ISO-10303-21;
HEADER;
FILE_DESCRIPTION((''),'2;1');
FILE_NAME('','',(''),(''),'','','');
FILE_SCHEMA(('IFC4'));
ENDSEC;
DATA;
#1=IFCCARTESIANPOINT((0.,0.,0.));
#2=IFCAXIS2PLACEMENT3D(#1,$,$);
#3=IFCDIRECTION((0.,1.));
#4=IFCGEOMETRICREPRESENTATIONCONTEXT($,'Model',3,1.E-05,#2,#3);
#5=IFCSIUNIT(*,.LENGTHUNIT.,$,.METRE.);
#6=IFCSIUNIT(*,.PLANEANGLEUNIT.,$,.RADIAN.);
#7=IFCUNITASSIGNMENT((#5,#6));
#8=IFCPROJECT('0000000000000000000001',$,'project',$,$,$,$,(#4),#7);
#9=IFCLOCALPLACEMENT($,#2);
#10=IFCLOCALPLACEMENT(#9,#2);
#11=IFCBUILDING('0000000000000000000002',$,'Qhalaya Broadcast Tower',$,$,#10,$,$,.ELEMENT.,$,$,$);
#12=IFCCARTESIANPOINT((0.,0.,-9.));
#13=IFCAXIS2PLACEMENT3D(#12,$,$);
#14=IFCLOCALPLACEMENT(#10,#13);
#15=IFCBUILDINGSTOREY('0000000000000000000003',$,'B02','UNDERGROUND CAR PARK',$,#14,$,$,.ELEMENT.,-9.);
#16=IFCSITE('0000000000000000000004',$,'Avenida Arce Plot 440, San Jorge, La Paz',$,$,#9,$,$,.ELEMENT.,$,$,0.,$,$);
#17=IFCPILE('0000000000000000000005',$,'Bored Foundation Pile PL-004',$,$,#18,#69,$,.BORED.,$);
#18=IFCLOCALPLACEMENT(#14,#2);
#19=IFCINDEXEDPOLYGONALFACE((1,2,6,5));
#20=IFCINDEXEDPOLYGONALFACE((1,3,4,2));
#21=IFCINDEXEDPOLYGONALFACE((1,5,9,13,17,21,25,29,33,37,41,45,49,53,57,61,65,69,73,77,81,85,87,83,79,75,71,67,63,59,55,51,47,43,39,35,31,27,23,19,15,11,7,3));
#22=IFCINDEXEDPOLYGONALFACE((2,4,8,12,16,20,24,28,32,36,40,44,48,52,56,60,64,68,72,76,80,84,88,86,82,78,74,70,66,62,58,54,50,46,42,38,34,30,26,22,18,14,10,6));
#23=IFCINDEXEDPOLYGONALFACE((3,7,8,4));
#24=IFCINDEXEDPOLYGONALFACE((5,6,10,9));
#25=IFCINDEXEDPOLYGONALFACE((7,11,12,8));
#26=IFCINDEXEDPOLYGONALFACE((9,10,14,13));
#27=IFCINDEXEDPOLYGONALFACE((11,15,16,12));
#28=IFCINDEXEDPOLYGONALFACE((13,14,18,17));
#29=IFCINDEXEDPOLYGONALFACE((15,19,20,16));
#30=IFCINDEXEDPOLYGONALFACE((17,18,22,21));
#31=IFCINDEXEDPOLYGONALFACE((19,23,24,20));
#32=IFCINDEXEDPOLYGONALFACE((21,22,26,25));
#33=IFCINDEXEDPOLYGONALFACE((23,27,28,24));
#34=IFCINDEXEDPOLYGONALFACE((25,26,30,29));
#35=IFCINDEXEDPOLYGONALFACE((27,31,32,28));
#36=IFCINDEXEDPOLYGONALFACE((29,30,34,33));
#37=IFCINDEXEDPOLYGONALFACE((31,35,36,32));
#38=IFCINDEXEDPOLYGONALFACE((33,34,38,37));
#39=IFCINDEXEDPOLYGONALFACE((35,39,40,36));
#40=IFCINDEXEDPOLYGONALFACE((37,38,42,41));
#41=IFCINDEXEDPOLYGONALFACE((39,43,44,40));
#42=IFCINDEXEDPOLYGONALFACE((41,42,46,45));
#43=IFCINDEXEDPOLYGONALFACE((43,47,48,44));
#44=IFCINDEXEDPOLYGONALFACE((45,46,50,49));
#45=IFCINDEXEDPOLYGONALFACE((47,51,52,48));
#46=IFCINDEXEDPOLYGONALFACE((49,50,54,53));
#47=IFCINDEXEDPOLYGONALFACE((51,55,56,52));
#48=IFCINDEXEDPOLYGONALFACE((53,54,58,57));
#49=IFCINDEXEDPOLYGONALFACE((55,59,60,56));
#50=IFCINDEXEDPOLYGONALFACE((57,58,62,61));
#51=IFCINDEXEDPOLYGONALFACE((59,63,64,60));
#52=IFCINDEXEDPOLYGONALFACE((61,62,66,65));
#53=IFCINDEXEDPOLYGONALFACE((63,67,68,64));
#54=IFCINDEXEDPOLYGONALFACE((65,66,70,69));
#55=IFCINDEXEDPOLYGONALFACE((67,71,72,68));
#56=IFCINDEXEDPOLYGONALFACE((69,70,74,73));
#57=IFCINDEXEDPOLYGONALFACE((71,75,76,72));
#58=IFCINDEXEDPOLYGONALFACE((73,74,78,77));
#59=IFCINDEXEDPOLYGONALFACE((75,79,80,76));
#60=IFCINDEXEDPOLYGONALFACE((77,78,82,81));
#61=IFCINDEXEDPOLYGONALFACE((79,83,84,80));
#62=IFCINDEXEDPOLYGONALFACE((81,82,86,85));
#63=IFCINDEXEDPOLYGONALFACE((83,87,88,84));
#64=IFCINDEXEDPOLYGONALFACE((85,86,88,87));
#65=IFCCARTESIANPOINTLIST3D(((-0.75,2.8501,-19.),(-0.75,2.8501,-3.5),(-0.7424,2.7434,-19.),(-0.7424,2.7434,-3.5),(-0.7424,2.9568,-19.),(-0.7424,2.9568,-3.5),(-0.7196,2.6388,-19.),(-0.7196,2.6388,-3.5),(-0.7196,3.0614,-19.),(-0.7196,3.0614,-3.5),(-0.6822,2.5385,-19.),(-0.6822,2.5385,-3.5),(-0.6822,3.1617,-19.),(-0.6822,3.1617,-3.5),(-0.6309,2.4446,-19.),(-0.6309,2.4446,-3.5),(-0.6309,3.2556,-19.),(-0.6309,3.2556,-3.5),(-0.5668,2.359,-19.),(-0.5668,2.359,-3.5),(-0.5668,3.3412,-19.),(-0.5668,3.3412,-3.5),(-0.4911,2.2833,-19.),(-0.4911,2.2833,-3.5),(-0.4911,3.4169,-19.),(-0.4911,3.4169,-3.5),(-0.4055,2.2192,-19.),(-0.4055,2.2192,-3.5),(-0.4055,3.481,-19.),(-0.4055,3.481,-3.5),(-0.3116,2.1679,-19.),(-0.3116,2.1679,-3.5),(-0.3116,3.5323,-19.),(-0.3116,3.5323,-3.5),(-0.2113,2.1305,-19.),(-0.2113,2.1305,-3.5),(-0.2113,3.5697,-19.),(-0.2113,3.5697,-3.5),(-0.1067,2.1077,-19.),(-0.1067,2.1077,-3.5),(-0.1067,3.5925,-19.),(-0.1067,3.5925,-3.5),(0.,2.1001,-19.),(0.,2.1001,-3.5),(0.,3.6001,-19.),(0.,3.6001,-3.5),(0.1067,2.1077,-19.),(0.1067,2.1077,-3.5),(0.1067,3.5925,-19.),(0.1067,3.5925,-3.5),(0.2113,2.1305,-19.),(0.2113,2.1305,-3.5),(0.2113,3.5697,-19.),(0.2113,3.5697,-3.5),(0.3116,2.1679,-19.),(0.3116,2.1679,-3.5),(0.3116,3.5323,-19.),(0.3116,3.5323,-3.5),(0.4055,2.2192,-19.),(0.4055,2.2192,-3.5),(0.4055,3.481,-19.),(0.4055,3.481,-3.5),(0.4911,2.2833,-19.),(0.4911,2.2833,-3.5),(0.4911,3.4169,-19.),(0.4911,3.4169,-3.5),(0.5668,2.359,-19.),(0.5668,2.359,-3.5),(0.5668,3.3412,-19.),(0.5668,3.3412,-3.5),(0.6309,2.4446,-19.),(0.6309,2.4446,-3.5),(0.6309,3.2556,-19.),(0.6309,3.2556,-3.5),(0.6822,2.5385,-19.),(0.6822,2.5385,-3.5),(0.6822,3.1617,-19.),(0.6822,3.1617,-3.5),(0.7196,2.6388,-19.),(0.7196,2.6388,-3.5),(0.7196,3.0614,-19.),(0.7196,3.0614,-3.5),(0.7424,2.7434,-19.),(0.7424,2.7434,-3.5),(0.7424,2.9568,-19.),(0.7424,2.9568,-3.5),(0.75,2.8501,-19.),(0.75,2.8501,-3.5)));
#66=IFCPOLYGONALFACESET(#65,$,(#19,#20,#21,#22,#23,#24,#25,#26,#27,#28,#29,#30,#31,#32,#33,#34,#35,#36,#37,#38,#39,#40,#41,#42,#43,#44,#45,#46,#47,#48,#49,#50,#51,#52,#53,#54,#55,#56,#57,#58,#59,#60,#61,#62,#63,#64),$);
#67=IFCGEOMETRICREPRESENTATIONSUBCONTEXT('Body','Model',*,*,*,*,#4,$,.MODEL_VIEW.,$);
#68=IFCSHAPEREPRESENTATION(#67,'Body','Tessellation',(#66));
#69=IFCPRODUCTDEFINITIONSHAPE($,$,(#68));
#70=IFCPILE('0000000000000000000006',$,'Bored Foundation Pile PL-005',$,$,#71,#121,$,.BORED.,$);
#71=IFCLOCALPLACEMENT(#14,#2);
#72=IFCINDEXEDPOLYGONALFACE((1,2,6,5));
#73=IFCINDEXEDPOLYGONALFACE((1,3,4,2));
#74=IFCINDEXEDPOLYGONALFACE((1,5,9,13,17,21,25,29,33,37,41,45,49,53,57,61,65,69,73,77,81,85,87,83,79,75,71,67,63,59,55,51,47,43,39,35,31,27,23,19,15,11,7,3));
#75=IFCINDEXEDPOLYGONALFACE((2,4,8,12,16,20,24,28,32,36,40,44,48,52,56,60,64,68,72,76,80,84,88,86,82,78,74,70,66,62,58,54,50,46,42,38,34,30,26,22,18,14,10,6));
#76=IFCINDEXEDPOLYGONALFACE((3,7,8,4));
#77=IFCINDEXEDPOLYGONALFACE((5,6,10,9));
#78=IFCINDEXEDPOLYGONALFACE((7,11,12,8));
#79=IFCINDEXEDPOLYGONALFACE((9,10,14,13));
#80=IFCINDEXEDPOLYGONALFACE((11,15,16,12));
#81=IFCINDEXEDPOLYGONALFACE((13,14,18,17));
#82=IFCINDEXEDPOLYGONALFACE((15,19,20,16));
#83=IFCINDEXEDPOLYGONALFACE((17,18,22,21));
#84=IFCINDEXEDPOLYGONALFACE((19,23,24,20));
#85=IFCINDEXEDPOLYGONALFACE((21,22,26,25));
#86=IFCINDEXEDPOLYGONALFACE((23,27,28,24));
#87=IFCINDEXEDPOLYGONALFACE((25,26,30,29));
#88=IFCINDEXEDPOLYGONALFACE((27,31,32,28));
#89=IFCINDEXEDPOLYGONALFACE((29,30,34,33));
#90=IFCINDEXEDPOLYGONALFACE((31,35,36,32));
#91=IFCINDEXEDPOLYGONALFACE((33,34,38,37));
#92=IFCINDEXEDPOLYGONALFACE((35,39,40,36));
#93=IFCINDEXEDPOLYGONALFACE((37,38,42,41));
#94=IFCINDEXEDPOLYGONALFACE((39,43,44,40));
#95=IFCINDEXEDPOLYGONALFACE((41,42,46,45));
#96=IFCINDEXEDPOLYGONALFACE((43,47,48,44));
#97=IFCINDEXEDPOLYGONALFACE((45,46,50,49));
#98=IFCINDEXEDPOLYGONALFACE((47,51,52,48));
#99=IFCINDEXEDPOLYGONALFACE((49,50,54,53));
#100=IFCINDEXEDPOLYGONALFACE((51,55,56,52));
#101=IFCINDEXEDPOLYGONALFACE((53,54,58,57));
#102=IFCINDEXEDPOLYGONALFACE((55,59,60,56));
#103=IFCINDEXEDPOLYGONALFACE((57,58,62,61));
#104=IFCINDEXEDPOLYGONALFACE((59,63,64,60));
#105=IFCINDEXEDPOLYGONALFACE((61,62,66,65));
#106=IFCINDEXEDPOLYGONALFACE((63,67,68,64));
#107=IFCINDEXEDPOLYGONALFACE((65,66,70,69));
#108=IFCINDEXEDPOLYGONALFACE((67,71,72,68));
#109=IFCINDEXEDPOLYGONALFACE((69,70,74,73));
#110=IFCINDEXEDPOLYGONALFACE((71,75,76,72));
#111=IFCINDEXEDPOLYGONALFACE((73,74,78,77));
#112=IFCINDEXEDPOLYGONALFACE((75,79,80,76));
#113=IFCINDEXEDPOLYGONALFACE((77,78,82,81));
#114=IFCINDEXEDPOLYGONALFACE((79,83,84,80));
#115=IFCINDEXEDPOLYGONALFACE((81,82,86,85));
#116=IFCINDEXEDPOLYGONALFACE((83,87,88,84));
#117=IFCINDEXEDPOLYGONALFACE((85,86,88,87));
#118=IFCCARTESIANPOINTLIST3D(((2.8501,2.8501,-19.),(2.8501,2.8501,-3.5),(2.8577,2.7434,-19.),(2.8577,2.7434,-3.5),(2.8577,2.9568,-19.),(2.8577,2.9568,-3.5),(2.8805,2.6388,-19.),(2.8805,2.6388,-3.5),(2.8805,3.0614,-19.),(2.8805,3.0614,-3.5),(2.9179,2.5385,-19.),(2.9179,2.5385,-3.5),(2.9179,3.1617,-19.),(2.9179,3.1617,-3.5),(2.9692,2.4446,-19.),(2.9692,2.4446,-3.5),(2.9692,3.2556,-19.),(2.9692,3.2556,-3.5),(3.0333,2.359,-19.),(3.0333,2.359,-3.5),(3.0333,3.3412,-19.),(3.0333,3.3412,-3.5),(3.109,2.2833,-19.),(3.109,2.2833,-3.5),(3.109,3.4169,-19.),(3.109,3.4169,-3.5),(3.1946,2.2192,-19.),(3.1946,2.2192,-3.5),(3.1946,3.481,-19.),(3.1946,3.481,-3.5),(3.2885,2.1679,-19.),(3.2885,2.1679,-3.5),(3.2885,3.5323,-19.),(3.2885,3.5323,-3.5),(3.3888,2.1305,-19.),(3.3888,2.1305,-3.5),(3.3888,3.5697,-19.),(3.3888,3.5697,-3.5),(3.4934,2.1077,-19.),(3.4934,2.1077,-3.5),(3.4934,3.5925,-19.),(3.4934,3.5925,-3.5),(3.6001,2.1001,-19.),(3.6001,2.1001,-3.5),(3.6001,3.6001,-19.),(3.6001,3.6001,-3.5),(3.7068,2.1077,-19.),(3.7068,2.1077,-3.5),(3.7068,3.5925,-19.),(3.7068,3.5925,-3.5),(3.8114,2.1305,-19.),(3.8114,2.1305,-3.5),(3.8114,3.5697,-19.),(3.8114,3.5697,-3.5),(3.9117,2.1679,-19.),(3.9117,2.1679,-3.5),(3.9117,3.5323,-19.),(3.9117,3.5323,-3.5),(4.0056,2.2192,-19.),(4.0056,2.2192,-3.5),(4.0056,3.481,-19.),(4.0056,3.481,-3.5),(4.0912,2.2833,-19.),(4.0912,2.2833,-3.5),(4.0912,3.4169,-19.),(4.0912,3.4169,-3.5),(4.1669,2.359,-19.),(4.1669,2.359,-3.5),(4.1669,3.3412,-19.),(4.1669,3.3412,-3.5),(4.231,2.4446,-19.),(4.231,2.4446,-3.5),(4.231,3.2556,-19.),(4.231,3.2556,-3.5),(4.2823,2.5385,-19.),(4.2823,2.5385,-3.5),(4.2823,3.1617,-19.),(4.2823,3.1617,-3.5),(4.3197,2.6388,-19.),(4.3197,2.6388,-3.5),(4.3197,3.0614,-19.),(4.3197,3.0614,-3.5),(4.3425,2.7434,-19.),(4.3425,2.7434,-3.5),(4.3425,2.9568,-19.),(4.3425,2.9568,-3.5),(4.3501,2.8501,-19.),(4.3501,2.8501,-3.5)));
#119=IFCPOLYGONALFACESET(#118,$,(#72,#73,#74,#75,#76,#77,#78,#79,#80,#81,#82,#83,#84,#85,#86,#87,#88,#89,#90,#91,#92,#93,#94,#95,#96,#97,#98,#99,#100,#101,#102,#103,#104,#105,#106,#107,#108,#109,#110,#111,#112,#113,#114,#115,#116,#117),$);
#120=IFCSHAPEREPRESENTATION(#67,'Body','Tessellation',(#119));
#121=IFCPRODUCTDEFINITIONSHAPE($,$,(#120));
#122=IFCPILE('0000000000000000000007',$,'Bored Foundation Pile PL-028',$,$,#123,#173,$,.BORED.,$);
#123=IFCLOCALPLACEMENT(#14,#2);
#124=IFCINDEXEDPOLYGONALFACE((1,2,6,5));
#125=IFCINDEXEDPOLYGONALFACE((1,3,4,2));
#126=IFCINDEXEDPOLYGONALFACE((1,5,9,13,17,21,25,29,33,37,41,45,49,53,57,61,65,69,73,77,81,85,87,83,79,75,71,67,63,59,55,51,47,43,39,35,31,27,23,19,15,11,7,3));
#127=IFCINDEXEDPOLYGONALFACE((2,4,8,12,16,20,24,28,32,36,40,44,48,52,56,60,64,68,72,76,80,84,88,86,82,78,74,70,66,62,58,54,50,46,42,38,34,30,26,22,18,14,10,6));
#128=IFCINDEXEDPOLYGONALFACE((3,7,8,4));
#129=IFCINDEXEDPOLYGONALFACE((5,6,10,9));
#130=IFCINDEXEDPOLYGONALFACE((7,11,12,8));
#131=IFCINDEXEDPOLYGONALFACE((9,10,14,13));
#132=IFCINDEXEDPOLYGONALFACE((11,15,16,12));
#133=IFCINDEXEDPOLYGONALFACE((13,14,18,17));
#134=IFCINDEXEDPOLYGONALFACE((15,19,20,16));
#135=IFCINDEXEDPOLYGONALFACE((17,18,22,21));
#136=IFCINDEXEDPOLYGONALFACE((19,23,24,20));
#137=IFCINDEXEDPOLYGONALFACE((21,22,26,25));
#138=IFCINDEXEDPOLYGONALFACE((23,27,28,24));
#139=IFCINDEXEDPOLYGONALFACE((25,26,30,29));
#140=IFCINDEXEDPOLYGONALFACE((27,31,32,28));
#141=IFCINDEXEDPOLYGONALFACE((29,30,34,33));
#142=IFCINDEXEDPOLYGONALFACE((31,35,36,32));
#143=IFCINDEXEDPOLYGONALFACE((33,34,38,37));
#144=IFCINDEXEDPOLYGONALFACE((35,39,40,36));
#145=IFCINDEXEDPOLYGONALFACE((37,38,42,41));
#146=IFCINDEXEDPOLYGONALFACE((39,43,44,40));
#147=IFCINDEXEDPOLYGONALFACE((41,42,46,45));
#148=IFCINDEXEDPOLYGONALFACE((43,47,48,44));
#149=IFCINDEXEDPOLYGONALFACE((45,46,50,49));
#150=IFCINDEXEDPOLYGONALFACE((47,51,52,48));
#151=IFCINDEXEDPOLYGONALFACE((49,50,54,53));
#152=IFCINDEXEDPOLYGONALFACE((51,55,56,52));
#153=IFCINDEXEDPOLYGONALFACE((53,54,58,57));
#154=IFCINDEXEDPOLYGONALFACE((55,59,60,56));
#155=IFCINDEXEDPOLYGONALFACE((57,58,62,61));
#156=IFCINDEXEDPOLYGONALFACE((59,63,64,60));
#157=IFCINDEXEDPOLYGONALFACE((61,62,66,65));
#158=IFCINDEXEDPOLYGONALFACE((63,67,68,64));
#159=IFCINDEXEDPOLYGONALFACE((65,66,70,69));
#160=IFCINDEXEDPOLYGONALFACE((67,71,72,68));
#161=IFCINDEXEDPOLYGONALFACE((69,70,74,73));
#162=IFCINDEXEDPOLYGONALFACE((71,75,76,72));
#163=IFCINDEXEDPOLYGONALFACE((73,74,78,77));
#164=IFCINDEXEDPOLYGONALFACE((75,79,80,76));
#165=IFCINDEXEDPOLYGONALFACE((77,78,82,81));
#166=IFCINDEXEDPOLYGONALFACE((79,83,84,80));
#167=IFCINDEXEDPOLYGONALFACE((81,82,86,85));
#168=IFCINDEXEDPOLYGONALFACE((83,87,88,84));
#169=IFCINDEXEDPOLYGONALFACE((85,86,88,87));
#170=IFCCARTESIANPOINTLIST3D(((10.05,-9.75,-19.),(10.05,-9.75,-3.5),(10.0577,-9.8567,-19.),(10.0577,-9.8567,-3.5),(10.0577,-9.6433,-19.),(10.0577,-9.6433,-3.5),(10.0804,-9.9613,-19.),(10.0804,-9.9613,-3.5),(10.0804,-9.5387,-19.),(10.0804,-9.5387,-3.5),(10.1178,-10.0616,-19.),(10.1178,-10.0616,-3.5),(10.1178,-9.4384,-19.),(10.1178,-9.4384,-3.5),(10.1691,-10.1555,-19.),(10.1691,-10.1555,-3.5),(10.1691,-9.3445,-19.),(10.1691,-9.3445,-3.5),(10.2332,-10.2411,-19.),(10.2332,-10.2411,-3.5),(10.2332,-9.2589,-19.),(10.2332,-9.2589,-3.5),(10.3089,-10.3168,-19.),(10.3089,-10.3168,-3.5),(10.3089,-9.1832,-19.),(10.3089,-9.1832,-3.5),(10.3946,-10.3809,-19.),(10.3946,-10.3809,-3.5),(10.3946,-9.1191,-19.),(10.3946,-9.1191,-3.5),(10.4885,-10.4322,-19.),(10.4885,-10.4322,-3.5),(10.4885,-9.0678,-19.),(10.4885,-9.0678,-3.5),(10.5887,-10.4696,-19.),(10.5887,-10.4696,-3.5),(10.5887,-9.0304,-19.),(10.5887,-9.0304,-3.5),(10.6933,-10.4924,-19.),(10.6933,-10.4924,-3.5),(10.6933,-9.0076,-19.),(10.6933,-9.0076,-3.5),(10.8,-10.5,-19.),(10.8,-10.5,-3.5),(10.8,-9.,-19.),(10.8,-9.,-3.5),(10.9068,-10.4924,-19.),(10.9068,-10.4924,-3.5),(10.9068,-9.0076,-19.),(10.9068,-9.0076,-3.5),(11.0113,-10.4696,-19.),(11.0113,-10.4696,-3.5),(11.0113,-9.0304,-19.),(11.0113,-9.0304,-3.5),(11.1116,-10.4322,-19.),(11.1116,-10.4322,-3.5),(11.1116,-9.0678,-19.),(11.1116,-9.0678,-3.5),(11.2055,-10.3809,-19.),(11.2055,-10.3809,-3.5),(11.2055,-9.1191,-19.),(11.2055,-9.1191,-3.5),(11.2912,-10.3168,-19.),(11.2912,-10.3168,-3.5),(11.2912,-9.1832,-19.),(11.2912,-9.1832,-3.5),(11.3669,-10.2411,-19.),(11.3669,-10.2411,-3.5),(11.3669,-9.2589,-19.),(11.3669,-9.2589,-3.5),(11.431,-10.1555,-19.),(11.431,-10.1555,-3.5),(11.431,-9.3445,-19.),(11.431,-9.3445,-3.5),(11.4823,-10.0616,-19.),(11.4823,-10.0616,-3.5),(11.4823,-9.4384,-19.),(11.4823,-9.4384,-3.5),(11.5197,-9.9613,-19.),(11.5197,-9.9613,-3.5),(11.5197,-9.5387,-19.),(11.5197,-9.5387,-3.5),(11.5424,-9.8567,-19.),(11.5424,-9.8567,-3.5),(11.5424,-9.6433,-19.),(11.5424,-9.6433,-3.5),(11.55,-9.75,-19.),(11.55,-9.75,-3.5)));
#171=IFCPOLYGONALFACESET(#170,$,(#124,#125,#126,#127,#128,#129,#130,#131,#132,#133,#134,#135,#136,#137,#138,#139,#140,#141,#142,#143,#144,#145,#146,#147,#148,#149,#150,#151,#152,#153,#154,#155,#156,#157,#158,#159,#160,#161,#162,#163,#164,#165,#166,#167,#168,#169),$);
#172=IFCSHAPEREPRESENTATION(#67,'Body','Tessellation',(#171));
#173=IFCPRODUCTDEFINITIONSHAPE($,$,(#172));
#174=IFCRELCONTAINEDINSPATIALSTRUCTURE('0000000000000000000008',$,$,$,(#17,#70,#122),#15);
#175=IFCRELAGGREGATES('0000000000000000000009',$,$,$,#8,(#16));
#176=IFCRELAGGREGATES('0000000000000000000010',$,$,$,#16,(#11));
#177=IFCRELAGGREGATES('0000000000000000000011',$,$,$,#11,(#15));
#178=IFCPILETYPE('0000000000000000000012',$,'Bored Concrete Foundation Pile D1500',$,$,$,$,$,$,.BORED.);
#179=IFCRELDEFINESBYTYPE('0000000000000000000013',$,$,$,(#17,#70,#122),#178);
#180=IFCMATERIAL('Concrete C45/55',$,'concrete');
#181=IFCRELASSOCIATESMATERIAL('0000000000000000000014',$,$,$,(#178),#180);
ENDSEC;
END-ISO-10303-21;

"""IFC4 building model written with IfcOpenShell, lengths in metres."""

from ifc_helpers import new_model, si_unit, direction, frame, origin, origin_2d, place, context, subcontext, project, spatial, circle, extrude, material, material_profile, profile_set, type_object, element, save


model = new_model("IFC4")

# Units and contexts
model_context = context("Model", 3, precision=1e-05, world=origin(), true_north=direction((0.0, 1.0)))
body_context = subcontext(model_context, "Body", "Model", "MODEL_VIEW")
ifc_project = project(units=[si_unit("LENGTHUNIT", "METRE"), si_unit("PLANEANGLEUNIT", "RADIAN")], contexts=[model_context])

# Site, building, storey
site_placement = place(None, origin())
site = spatial("IfcSite", under=ifc_project, at=site_placement, Name="Avenida Arce Plot 440, San Jorge, La Paz", CompositionType="ELEMENT", RefElevation=0.0)
building_placement = place(site_placement, origin())
building = spatial("IfcBuilding", under=site, at=building_placement, Name="Qhalaya Broadcast Tower", CompositionType="ELEMENT")
storey_placement = place(building_placement, frame((0.0, 0.0, -9.0)))
storey = spatial("IfcBuildingStorey", under=building, at=storey_placement, Name="B02", Description="UNDERGROUND CAR PARK", CompositionType="ELEMENT", Elevation=-9.0)

# Piles
ifc_material_1 = material(Name="Concrete C45/55", Category="concrete")
ifc_material_profile_1 = material_profile(ifc_material_1, circle(Radius=0.75, at=origin_2d()), Name="PILE D1500")
ifc_profile_set_1 = profile_set([ifc_material_profile_1], Name="Concrete C45/55")
pile_type = type_object("IfcPileType", Name="Bored Concrete Foundation Pile D1500", PredefinedType="BORED", material=ifc_profile_set_1)
for number, where, z_axis, x_axis, name in (
    (1, (0.0, 2.8501, -3.5), (0.0, 0.0, -1.0), (1.0, 0.0, 0.0), "Bored Foundation Pile PL-004"),
    (2, (3.6001, 2.8501, -3.5), (0.0, 0.0, -1.0), (1.0, 0.0, 0.0), "Bored Foundation Pile PL-005"),
    (3, (10.8, -9.75, -3.5), (0.0, 0.0, -1.0), (1.0, 0.0, 0.0), "Bored Foundation Pile PL-028"),
):
    element("IfcPile", number, at=place(storey_placement, frame(where, z_axis=z_axis, x_axis=x_axis)), inside=storey, type_object=pile_type, Name=name, PredefinedType="BORED", context=body_context, shape_type="SweptSolid", body=[
        extrude(circle(Radius=0.75, at=origin_2d()), origin(), (0.0, 0.0, 1.0), 15.5),
    ])

save(model, "model.ifc")
